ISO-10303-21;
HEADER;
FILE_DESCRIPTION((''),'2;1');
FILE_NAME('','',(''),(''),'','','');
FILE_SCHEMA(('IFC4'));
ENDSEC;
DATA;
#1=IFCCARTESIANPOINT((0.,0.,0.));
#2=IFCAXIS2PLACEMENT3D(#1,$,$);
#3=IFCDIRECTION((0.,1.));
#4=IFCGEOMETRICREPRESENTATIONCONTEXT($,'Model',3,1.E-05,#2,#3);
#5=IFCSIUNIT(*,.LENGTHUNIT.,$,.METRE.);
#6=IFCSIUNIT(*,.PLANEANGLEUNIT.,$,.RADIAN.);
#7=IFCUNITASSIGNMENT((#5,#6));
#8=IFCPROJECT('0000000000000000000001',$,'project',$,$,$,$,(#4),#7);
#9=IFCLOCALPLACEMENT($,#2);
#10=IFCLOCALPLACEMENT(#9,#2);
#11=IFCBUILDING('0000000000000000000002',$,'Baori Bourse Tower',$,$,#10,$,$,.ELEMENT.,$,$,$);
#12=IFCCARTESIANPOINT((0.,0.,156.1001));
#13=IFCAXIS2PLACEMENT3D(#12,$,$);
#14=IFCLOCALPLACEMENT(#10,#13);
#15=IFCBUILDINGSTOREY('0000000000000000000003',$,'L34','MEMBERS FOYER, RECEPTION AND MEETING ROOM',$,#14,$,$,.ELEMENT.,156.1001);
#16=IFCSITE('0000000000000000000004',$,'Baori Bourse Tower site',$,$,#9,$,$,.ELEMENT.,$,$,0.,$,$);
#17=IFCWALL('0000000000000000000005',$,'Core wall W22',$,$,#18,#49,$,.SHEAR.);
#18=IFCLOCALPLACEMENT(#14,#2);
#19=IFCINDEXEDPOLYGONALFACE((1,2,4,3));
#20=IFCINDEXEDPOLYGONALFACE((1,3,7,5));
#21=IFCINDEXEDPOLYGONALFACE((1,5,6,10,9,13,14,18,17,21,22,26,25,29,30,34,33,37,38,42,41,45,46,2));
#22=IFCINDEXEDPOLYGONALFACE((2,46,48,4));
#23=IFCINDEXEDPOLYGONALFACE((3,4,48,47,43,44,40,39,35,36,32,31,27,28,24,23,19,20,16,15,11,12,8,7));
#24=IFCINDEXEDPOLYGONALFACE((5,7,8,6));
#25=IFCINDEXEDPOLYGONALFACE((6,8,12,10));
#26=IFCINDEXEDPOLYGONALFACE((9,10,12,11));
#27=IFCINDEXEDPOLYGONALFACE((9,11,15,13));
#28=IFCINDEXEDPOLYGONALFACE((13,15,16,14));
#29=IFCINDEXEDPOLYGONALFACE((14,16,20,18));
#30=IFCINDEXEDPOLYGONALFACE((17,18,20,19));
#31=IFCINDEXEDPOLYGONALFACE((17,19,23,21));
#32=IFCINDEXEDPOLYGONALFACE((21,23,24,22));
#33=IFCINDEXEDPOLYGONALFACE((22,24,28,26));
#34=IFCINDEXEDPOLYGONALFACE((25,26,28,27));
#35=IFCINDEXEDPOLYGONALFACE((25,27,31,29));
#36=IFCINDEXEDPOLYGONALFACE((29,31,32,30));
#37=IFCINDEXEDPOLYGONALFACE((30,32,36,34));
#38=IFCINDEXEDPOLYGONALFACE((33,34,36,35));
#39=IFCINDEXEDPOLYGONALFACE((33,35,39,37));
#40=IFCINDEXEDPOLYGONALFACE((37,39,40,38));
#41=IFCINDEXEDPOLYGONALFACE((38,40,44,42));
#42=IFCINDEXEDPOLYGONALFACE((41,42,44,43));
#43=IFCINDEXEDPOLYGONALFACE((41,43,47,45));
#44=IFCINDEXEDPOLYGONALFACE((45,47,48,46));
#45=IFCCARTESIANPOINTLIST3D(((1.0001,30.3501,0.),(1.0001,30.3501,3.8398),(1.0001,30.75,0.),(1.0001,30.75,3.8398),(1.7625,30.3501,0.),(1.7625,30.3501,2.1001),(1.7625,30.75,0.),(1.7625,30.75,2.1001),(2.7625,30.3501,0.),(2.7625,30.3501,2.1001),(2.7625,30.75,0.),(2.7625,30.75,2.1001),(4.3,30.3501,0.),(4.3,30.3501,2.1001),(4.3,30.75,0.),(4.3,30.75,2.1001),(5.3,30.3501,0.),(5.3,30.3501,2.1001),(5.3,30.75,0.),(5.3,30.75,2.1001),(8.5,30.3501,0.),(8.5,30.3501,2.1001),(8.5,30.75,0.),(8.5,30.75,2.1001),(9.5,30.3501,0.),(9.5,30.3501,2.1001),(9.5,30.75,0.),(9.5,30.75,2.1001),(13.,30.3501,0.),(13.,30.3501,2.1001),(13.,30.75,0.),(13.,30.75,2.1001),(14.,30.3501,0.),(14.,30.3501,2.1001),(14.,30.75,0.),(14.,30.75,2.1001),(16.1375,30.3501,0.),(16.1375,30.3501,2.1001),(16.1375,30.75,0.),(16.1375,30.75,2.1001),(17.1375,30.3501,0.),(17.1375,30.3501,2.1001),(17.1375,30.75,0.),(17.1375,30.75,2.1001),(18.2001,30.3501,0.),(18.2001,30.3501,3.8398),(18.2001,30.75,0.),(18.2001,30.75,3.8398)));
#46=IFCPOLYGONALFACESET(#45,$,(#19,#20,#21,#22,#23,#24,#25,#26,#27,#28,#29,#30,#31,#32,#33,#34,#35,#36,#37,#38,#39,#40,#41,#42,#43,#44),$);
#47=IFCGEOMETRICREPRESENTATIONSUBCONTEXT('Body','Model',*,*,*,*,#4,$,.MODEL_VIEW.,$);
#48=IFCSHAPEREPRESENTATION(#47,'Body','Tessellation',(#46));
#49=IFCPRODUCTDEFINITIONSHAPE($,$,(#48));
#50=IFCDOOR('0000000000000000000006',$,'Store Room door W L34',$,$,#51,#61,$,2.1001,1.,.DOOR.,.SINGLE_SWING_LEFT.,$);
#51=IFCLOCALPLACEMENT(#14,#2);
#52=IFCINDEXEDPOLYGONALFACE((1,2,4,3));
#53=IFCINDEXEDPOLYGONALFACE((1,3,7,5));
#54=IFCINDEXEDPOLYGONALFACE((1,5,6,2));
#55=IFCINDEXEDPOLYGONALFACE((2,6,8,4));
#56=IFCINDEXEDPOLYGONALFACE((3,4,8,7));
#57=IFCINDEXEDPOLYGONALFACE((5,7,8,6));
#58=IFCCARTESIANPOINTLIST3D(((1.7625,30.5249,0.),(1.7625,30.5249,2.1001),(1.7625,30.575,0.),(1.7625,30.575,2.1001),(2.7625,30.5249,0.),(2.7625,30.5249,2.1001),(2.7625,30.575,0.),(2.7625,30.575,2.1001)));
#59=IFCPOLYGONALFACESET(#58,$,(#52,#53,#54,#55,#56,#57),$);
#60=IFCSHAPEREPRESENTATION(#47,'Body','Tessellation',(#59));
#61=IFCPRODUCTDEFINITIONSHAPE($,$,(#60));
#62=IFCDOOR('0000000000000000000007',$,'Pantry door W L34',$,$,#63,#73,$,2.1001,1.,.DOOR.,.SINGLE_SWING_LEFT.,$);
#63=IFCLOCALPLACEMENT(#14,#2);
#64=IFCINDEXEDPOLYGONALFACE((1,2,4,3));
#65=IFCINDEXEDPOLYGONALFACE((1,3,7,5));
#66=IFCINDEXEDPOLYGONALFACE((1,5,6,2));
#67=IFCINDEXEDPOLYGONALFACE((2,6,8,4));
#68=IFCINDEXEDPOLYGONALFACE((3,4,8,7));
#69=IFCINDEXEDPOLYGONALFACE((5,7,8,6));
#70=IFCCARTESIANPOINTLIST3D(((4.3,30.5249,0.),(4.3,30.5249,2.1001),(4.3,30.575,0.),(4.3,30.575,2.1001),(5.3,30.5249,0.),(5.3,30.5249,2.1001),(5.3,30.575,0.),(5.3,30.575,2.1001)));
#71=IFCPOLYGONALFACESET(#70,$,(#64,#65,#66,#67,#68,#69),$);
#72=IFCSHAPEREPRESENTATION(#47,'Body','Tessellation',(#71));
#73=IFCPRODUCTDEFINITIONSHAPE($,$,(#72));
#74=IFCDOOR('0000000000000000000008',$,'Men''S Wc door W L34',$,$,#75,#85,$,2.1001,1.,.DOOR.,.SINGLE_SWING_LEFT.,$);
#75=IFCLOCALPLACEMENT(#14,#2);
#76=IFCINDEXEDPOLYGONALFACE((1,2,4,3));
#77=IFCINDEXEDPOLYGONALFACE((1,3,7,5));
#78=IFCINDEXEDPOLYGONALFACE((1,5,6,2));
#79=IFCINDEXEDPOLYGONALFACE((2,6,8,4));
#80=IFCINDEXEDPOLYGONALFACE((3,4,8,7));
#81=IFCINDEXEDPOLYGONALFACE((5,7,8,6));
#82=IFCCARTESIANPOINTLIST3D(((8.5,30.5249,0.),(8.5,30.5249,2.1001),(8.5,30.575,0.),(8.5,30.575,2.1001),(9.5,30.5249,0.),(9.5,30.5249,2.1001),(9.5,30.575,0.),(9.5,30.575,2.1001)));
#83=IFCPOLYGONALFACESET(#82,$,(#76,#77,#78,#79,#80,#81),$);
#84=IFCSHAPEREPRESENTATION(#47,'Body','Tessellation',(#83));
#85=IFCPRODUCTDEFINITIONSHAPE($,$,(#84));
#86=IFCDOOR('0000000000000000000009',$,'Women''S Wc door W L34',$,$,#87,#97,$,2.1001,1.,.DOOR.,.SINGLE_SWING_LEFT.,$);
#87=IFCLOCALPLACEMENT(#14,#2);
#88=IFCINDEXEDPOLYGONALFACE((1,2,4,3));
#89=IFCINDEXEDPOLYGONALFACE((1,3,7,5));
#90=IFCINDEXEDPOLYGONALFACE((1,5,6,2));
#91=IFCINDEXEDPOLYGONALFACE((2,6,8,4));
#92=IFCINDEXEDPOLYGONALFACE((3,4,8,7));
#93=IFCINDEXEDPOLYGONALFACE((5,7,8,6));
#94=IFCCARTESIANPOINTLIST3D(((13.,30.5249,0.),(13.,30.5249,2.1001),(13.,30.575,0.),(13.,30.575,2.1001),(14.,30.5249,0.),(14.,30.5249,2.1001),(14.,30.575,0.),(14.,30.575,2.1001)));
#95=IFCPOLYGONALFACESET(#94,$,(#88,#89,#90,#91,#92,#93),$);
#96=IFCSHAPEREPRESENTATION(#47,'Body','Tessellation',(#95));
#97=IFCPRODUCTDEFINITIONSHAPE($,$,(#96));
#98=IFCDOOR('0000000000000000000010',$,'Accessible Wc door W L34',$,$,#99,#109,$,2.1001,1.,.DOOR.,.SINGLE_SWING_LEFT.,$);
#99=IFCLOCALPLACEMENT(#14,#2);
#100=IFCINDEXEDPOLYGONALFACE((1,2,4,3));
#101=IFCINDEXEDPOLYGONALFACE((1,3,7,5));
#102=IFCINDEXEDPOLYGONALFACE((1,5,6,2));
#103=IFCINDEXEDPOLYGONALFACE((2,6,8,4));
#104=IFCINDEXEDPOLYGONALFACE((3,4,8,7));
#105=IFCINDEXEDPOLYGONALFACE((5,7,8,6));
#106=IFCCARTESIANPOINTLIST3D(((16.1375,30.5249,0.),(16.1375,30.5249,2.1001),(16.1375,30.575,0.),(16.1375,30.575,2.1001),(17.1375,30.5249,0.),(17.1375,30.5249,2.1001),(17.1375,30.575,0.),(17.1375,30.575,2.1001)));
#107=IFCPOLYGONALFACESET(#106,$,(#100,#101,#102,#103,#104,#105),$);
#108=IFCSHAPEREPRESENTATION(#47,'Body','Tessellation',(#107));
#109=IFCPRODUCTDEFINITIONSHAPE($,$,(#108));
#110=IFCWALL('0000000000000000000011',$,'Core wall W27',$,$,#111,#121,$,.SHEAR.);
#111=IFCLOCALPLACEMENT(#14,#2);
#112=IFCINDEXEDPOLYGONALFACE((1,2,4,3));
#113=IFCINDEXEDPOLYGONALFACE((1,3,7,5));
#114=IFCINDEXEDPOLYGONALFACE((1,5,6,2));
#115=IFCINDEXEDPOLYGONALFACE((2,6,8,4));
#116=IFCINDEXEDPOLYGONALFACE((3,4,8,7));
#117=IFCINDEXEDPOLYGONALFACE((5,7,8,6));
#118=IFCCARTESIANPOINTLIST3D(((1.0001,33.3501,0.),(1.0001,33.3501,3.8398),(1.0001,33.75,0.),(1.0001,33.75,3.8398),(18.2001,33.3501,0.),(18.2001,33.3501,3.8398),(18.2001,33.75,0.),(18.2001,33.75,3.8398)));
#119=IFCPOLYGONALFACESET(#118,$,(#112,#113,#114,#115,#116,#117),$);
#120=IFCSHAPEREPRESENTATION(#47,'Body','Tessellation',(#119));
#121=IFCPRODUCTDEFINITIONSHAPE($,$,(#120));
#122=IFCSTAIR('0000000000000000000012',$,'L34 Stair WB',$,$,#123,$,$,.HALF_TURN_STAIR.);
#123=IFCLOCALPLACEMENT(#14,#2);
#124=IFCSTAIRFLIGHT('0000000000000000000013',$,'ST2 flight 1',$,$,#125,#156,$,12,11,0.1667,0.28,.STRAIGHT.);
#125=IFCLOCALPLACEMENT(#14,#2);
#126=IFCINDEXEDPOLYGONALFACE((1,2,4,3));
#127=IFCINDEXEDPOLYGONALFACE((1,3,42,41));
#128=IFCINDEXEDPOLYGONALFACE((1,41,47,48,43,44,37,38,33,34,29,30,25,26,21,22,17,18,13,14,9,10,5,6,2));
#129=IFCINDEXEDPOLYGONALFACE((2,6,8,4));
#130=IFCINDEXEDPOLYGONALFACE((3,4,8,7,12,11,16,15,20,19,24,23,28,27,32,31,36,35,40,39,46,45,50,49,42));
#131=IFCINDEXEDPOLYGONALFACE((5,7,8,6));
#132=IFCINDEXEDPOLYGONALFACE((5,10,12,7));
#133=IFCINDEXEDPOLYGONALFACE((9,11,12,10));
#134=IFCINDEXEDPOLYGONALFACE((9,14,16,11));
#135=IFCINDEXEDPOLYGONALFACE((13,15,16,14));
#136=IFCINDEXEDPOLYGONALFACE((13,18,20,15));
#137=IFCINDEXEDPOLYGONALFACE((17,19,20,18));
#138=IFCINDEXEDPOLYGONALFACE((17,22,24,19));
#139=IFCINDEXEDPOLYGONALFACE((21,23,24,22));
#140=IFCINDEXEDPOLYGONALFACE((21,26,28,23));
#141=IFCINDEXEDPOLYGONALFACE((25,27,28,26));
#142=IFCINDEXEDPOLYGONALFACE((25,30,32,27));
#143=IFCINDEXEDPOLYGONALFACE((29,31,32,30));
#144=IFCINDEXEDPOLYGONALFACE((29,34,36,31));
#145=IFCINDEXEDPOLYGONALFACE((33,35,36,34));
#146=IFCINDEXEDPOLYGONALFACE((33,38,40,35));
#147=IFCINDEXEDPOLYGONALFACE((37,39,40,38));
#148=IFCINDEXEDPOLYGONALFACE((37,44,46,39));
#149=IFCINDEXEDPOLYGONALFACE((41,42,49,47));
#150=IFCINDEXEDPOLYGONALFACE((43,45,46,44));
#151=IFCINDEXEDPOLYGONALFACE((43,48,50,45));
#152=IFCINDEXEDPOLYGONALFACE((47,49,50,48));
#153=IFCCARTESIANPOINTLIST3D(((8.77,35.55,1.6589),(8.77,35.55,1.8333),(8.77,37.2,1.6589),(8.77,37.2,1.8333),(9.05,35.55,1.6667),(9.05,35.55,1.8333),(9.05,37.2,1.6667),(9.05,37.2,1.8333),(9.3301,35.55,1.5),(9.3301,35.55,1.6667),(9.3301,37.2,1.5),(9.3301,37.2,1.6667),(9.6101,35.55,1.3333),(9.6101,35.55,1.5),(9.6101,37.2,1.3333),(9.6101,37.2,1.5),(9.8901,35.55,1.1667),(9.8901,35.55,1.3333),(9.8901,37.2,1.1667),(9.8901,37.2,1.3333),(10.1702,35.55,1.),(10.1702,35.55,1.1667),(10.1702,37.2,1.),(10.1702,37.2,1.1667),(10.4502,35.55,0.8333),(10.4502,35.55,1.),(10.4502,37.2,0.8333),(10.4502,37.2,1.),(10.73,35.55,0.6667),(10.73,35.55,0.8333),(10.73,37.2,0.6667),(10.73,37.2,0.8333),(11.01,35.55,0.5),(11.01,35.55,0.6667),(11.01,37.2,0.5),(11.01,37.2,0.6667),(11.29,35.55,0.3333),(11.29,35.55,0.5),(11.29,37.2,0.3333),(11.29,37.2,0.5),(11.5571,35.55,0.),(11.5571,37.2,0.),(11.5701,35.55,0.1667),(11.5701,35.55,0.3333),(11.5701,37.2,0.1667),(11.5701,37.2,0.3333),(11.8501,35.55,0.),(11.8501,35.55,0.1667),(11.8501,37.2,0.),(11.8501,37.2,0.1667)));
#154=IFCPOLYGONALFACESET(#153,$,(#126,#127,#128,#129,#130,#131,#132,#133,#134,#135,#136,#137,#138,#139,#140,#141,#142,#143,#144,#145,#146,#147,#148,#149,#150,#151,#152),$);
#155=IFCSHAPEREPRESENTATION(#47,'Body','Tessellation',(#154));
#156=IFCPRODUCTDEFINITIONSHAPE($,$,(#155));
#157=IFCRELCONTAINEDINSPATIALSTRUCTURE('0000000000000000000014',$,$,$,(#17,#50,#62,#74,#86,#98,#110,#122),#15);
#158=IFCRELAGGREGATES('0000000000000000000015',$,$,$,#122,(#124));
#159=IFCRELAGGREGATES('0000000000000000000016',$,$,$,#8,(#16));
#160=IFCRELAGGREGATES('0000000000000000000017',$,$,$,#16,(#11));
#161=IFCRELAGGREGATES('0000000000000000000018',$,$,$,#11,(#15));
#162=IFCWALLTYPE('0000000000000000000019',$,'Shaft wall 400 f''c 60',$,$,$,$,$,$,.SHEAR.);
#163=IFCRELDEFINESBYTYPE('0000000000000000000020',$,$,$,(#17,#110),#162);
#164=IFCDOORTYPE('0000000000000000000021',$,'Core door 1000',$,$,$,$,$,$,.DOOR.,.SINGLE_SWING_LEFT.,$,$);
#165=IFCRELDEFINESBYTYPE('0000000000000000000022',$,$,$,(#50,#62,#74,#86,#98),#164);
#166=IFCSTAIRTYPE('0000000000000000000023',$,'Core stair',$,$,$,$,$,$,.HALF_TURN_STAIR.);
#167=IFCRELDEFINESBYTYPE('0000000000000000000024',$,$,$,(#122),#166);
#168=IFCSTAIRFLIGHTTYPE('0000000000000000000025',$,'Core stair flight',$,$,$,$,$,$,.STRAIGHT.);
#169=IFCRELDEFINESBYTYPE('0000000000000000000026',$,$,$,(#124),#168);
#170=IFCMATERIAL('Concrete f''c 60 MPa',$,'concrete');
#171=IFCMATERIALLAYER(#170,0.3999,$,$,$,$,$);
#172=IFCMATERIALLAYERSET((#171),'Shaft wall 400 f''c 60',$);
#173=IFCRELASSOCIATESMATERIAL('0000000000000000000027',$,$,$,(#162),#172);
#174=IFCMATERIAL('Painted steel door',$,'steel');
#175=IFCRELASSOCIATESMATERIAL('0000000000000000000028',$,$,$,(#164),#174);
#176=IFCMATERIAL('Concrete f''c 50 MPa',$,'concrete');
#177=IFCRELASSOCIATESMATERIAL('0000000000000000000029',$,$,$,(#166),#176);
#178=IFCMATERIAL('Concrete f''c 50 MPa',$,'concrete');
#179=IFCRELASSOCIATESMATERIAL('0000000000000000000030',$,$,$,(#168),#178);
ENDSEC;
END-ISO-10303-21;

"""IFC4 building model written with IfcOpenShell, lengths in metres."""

from ifc_helpers import new_model, si_unit, direction, frame, frame_2d, origin, place, context, subcontext, project, spatial, polyline, rectangle, outline, extrude, material, layer, layer_set, type_object, element, fill, aggregate, save


model = new_model("IFC4")

# Units and contexts
model_context = context("Model", 3, precision=1e-05, world=origin(), true_north=direction((0.0, 1.0)))
body_context = subcontext(model_context, "Body", "Model", "MODEL_VIEW")
ifc_project = project(units=[si_unit("LENGTHUNIT", "METRE"), si_unit("PLANEANGLEUNIT", "RADIAN")], contexts=[model_context])

# Site, building, storey
site_placement = place(None, origin())
site = spatial("IfcSite", under=ifc_project, at=site_placement, Name="Baori Bourse Tower site", CompositionType="ELEMENT", RefElevation=0.0)
building_placement = place(site_placement, origin())
building = spatial("IfcBuilding", under=site, at=building_placement, Name="Baori Bourse Tower", CompositionType="ELEMENT")
storey_placement = place(building_placement, frame((0.0, 0.0, 156.1001)))
storey = spatial("IfcBuildingStorey", under=building, at=storey_placement, Name="L34", Description="MEMBERS FOYER, RECEPTION AND MEETING ROOM", CompositionType="ELEMENT", Elevation=156.1001)

# Wall, openings, doors
ifc_material_1 = material(Name="Concrete f'c 60 MPa", Category="concrete")
ifc_layer_1 = layer(ifc_material_1, 0.3999)
ifc_layer_set_1 = layer_set([ifc_layer_1], Name="Shaft wall 400 f'c 60")
wall_type_1 = type_object("IfcWallType", Name="Shaft wall 400 f'c 60", PredefinedType="SHEAR", material=ifc_layer_set_1)
wall_1_placement = place(storey_placement, frame((1.0, 30.55, 0.0), z_axis=(0.0, 0.0, 1.0), x_axis=(1.0, 0.0, 0.0)))
wall_1 = element("IfcWall", 1, at=wall_1_placement, inside=storey, type_object=wall_type_1, Name="Core wall W22", PredefinedType="SHEAR", context=body_context, shape_type="SweptSolid", body=[
    extrude(rectangle(XDim=17.2, YDim=0.3999, at=frame_2d((8.6001, 0.0))), origin(), (0.0, 0.0, 1.0), 3.8398),
])
opening_1_placement = place(wall_1_placement, frame((0.7625, 0.0, 0.0)))
opening_1 = element("IfcOpeningElement", 2, at=opening_1_placement, cuts=wall_1, PredefinedType="OPENING", context=body_context, shape_type="SweptSolid", body=[
    extrude(rectangle(XDim=1.0, YDim=2.1001, at=frame_2d((0.5, 1.05))), frame((0.0, 0.21, 0.0), z_axis=(0.0, -1.0, 0.0), x_axis=(1.0, 0.0, 0.0)), (0.0, 0.0, 1.0), 0.4199),
])
opening_2_placement = place(wall_1_placement, frame((3.3, 0.0, 0.0)))
opening_2 = element("IfcOpeningElement", 3, at=opening_2_placement, cuts=wall_1, PredefinedType="OPENING", context=body_context, shape_type="SweptSolid", body=[
    extrude(rectangle(XDim=1.0, YDim=2.1001, at=frame_2d((0.5, 1.05))), frame((0.0, 0.21, 0.0), z_axis=(0.0, -1.0, 0.0), x_axis=(1.0, 0.0, 0.0)), (0.0, 0.0, 1.0), 0.4199),
])
opening_3_placement = place(wall_1_placement, frame((7.5, 0.0, 0.0)))
opening_3 = element("IfcOpeningElement", 4, at=opening_3_placement, cuts=wall_1, PredefinedType="OPENING", context=body_context, shape_type="SweptSolid", body=[
    extrude(rectangle(XDim=1.0, YDim=2.1001, at=frame_2d((0.5, 1.05))), frame((0.0, 0.21, 0.0), z_axis=(0.0, -1.0, 0.0), x_axis=(1.0, 0.0, 0.0)), (0.0, 0.0, 1.0), 0.4199),
])
opening_4_placement = place(wall_1_placement, frame((12.0, 0.0, 0.0)))
opening_4 = element("IfcOpeningElement", 5, at=opening_4_placement, cuts=wall_1, PredefinedType="OPENING", context=body_context, shape_type="SweptSolid", body=[
    extrude(rectangle(XDim=1.0, YDim=2.1001, at=frame_2d((0.5, 1.05))), frame((0.0, 0.21, 0.0), z_axis=(0.0, -1.0, 0.0), x_axis=(1.0, 0.0, 0.0)), (0.0, 0.0, 1.0), 0.4199),
])
opening_5_placement = place(wall_1_placement, frame((15.1375, 0.0, 0.0)))
opening_5 = element("IfcOpeningElement", 6, at=opening_5_placement, cuts=wall_1, PredefinedType="OPENING", context=body_context, shape_type="SweptSolid", body=[
    extrude(rectangle(XDim=1.0, YDim=2.1001, at=frame_2d((0.5, 1.05))), frame((0.0, 0.21, 0.0), z_axis=(0.0, -1.0, 0.0), x_axis=(1.0, 0.0, 0.0)), (0.0, 0.0, 1.0), 0.4199),
])
ifc_material_2 = material(Name="Painted steel door", Category="steel")
door_type_1 = type_object("IfcDoorType", Name="Core door 1000", OperationType="SINGLE_SWING_LEFT", PredefinedType="DOOR", material=ifc_material_2)
door_1_placement = place(opening_1_placement, origin())
door_1 = element("IfcDoor", 7, at=door_1_placement, inside=storey, type_object=door_type_1, Name="Store Room door W L34", OperationType="SINGLE_SWING_LEFT", OverallHeight=2.1001, OverallWidth=1.0, PredefinedType="DOOR", context=body_context, shape_type="SweptSolid", body=[
    extrude(rectangle(XDim=1.0, YDim=2.1001, at=frame_2d((0.5, 1.05))), frame((0.0, 0.0249, 0.0), z_axis=(0.0, -1.0, 0.0), x_axis=(1.0, 0.0, 0.0)), (0.0, 0.0, 1.0), 0.05),
])
fill(opening_1, door_1)
door_2_placement = place(opening_2_placement, origin())
door_2 = element("IfcDoor", 8, at=door_2_placement, inside=storey, type_object=door_type_1, Name="Pantry door W L34", OperationType="SINGLE_SWING_LEFT", OverallHeight=2.1001, OverallWidth=1.0, PredefinedType="DOOR", context=body_context, shape_type="SweptSolid", body=[
    extrude(rectangle(XDim=1.0, YDim=2.1001, at=frame_2d((0.5, 1.05))), frame((0.0, 0.0249, 0.0), z_axis=(0.0, -1.0, 0.0), x_axis=(1.0, 0.0, 0.0)), (0.0, 0.0, 1.0), 0.05),
])
fill(opening_2, door_2)
door_3_placement = place(opening_3_placement, origin())
door_3 = element("IfcDoor", 9, at=door_3_placement, inside=storey, type_object=door_type_1, Name="Men'S Wc door W L34", OperationType="SINGLE_SWING_LEFT", OverallHeight=2.1001, OverallWidth=1.0, PredefinedType="DOOR", context=body_context, shape_type="SweptSolid", body=[
    extrude(rectangle(XDim=1.0, YDim=2.1001, at=frame_2d((0.5, 1.05))), frame((0.0, 0.0249, 0.0), z_axis=(0.0, -1.0, 0.0), x_axis=(1.0, 0.0, 0.0)), (0.0, 0.0, 1.0), 0.05),
])
fill(opening_3, door_3)
door_4_placement = place(opening_4_placement, origin())
door_4 = element("IfcDoor", 10, at=door_4_placement, inside=storey, type_object=door_type_1, Name="Women'S Wc door W L34", OperationType="SINGLE_SWING_LEFT", OverallHeight=2.1001, OverallWidth=1.0, PredefinedType="DOOR", context=body_context, shape_type="SweptSolid", body=[
    extrude(rectangle(XDim=1.0, YDim=2.1001, at=frame_2d((0.5, 1.05))), frame((0.0, 0.0249, 0.0), z_axis=(0.0, -1.0, 0.0), x_axis=(1.0, 0.0, 0.0)), (0.0, 0.0, 1.0), 0.05),
])
fill(opening_4, door_4)
door_5_placement = place(opening_5_placement, origin())
door_5 = element("IfcDoor", 11, at=door_5_placement, inside=storey, type_object=door_type_1, Name="Accessible Wc door W L34", OperationType="SINGLE_SWING_LEFT", OverallHeight=2.1001, OverallWidth=1.0, PredefinedType="DOOR", context=body_context, shape_type="SweptSolid", body=[
    extrude(rectangle(XDim=1.0, YDim=2.1001, at=frame_2d((0.5, 1.05))), frame((0.0, 0.0249, 0.0), z_axis=(0.0, -1.0, 0.0), x_axis=(1.0, 0.0, 0.0)), (0.0, 0.0, 1.0), 0.05),
])
fill(opening_5, door_5)

# Wall
wall_2_placement = place(storey_placement, frame((1.0, 33.55, 0.0), z_axis=(0.0, 0.0, 1.0), x_axis=(1.0, 0.0, 0.0)))
element("IfcWall", 12, at=wall_2_placement, inside=storey, type_object=wall_type_1, Name="Core wall W27", PredefinedType="SHEAR", context=body_context, shape_type="SweptSolid", body=[
    extrude(rectangle(XDim=17.2, YDim=0.3999, at=frame_2d((8.6001, 0.0))), origin(), (0.0, 0.0, 1.0), 3.8398),
])

# Stair, stair flight
ifc_material_3 = material(Name="Concrete f'c 50 MPa", Category="concrete")
stair_type = type_object("IfcStairType", Name="Core stair", PredefinedType="HALF_TURN_STAIR", material=ifc_material_3)
stair_placement = place(storey_placement, origin())
stair = element("IfcStair", 13, at=stair_placement, inside=storey, type_object=stair_type, Name="L34 Stair WB", PredefinedType="HALF_TURN_STAIR")
ifc_material_4 = material(Name="Concrete f'c 50 MPa", Category="concrete")
stair_flight_type = type_object("IfcStairFlightType", Name="Core stair flight", PredefinedType="STRAIGHT", material=ifc_material_4)
stair_flight_1_placement = place(storey_placement, frame((11.8501, 36.375, 0.0), z_axis=(0.0, 0.0, 1.0), x_axis=(-1.0, 0.0, 0.0)))
stair_flight_1 = element("IfcStairFlight", 14, at=stair_flight_1_placement, type_object=stair_flight_type, Name="ST2 flight 1", NumberOfRisers=12, NumberOfTreads=11, PredefinedType="STRAIGHT", RiserHeight=0.1667, TreadLength=0.28, context=body_context, shape_type="SweptSolid", body=[
    extrude(outline(polyline([(0.0, 0.0), (0.0, 0.1667), (0.28, 0.1667), (0.28, 0.3333), (0.5601, 0.3333), (0.5601, 0.5), (0.8401, 0.5), (0.8401, 0.6667), (1.1201, 0.6667), (1.1201, 0.8333), (1.3999, 0.8333), (1.3999, 1.0), (1.6799, 1.0), (1.6799, 1.1667), (1.96, 1.1667), (1.96, 1.3333), (2.24, 1.3333), (2.24, 1.5), (2.52, 1.5), (2.52, 1.6667), (2.8, 1.6667), (2.8, 1.8333), (3.0801, 1.8333), (3.0801, 2.0), (3.0801, 1.6589), (0.293, 0.0), (0.0, 0.0)])), frame((0.0, 0.825, 0.0), z_axis=(0.0, -1.0, 0.0), x_axis=(1.0, 0.0, 0.0)), (0.0, 0.0, 1.0), 1.6499),
])
aggregate(stair, [stair_flight_1])

save(model, "model.ifc")
